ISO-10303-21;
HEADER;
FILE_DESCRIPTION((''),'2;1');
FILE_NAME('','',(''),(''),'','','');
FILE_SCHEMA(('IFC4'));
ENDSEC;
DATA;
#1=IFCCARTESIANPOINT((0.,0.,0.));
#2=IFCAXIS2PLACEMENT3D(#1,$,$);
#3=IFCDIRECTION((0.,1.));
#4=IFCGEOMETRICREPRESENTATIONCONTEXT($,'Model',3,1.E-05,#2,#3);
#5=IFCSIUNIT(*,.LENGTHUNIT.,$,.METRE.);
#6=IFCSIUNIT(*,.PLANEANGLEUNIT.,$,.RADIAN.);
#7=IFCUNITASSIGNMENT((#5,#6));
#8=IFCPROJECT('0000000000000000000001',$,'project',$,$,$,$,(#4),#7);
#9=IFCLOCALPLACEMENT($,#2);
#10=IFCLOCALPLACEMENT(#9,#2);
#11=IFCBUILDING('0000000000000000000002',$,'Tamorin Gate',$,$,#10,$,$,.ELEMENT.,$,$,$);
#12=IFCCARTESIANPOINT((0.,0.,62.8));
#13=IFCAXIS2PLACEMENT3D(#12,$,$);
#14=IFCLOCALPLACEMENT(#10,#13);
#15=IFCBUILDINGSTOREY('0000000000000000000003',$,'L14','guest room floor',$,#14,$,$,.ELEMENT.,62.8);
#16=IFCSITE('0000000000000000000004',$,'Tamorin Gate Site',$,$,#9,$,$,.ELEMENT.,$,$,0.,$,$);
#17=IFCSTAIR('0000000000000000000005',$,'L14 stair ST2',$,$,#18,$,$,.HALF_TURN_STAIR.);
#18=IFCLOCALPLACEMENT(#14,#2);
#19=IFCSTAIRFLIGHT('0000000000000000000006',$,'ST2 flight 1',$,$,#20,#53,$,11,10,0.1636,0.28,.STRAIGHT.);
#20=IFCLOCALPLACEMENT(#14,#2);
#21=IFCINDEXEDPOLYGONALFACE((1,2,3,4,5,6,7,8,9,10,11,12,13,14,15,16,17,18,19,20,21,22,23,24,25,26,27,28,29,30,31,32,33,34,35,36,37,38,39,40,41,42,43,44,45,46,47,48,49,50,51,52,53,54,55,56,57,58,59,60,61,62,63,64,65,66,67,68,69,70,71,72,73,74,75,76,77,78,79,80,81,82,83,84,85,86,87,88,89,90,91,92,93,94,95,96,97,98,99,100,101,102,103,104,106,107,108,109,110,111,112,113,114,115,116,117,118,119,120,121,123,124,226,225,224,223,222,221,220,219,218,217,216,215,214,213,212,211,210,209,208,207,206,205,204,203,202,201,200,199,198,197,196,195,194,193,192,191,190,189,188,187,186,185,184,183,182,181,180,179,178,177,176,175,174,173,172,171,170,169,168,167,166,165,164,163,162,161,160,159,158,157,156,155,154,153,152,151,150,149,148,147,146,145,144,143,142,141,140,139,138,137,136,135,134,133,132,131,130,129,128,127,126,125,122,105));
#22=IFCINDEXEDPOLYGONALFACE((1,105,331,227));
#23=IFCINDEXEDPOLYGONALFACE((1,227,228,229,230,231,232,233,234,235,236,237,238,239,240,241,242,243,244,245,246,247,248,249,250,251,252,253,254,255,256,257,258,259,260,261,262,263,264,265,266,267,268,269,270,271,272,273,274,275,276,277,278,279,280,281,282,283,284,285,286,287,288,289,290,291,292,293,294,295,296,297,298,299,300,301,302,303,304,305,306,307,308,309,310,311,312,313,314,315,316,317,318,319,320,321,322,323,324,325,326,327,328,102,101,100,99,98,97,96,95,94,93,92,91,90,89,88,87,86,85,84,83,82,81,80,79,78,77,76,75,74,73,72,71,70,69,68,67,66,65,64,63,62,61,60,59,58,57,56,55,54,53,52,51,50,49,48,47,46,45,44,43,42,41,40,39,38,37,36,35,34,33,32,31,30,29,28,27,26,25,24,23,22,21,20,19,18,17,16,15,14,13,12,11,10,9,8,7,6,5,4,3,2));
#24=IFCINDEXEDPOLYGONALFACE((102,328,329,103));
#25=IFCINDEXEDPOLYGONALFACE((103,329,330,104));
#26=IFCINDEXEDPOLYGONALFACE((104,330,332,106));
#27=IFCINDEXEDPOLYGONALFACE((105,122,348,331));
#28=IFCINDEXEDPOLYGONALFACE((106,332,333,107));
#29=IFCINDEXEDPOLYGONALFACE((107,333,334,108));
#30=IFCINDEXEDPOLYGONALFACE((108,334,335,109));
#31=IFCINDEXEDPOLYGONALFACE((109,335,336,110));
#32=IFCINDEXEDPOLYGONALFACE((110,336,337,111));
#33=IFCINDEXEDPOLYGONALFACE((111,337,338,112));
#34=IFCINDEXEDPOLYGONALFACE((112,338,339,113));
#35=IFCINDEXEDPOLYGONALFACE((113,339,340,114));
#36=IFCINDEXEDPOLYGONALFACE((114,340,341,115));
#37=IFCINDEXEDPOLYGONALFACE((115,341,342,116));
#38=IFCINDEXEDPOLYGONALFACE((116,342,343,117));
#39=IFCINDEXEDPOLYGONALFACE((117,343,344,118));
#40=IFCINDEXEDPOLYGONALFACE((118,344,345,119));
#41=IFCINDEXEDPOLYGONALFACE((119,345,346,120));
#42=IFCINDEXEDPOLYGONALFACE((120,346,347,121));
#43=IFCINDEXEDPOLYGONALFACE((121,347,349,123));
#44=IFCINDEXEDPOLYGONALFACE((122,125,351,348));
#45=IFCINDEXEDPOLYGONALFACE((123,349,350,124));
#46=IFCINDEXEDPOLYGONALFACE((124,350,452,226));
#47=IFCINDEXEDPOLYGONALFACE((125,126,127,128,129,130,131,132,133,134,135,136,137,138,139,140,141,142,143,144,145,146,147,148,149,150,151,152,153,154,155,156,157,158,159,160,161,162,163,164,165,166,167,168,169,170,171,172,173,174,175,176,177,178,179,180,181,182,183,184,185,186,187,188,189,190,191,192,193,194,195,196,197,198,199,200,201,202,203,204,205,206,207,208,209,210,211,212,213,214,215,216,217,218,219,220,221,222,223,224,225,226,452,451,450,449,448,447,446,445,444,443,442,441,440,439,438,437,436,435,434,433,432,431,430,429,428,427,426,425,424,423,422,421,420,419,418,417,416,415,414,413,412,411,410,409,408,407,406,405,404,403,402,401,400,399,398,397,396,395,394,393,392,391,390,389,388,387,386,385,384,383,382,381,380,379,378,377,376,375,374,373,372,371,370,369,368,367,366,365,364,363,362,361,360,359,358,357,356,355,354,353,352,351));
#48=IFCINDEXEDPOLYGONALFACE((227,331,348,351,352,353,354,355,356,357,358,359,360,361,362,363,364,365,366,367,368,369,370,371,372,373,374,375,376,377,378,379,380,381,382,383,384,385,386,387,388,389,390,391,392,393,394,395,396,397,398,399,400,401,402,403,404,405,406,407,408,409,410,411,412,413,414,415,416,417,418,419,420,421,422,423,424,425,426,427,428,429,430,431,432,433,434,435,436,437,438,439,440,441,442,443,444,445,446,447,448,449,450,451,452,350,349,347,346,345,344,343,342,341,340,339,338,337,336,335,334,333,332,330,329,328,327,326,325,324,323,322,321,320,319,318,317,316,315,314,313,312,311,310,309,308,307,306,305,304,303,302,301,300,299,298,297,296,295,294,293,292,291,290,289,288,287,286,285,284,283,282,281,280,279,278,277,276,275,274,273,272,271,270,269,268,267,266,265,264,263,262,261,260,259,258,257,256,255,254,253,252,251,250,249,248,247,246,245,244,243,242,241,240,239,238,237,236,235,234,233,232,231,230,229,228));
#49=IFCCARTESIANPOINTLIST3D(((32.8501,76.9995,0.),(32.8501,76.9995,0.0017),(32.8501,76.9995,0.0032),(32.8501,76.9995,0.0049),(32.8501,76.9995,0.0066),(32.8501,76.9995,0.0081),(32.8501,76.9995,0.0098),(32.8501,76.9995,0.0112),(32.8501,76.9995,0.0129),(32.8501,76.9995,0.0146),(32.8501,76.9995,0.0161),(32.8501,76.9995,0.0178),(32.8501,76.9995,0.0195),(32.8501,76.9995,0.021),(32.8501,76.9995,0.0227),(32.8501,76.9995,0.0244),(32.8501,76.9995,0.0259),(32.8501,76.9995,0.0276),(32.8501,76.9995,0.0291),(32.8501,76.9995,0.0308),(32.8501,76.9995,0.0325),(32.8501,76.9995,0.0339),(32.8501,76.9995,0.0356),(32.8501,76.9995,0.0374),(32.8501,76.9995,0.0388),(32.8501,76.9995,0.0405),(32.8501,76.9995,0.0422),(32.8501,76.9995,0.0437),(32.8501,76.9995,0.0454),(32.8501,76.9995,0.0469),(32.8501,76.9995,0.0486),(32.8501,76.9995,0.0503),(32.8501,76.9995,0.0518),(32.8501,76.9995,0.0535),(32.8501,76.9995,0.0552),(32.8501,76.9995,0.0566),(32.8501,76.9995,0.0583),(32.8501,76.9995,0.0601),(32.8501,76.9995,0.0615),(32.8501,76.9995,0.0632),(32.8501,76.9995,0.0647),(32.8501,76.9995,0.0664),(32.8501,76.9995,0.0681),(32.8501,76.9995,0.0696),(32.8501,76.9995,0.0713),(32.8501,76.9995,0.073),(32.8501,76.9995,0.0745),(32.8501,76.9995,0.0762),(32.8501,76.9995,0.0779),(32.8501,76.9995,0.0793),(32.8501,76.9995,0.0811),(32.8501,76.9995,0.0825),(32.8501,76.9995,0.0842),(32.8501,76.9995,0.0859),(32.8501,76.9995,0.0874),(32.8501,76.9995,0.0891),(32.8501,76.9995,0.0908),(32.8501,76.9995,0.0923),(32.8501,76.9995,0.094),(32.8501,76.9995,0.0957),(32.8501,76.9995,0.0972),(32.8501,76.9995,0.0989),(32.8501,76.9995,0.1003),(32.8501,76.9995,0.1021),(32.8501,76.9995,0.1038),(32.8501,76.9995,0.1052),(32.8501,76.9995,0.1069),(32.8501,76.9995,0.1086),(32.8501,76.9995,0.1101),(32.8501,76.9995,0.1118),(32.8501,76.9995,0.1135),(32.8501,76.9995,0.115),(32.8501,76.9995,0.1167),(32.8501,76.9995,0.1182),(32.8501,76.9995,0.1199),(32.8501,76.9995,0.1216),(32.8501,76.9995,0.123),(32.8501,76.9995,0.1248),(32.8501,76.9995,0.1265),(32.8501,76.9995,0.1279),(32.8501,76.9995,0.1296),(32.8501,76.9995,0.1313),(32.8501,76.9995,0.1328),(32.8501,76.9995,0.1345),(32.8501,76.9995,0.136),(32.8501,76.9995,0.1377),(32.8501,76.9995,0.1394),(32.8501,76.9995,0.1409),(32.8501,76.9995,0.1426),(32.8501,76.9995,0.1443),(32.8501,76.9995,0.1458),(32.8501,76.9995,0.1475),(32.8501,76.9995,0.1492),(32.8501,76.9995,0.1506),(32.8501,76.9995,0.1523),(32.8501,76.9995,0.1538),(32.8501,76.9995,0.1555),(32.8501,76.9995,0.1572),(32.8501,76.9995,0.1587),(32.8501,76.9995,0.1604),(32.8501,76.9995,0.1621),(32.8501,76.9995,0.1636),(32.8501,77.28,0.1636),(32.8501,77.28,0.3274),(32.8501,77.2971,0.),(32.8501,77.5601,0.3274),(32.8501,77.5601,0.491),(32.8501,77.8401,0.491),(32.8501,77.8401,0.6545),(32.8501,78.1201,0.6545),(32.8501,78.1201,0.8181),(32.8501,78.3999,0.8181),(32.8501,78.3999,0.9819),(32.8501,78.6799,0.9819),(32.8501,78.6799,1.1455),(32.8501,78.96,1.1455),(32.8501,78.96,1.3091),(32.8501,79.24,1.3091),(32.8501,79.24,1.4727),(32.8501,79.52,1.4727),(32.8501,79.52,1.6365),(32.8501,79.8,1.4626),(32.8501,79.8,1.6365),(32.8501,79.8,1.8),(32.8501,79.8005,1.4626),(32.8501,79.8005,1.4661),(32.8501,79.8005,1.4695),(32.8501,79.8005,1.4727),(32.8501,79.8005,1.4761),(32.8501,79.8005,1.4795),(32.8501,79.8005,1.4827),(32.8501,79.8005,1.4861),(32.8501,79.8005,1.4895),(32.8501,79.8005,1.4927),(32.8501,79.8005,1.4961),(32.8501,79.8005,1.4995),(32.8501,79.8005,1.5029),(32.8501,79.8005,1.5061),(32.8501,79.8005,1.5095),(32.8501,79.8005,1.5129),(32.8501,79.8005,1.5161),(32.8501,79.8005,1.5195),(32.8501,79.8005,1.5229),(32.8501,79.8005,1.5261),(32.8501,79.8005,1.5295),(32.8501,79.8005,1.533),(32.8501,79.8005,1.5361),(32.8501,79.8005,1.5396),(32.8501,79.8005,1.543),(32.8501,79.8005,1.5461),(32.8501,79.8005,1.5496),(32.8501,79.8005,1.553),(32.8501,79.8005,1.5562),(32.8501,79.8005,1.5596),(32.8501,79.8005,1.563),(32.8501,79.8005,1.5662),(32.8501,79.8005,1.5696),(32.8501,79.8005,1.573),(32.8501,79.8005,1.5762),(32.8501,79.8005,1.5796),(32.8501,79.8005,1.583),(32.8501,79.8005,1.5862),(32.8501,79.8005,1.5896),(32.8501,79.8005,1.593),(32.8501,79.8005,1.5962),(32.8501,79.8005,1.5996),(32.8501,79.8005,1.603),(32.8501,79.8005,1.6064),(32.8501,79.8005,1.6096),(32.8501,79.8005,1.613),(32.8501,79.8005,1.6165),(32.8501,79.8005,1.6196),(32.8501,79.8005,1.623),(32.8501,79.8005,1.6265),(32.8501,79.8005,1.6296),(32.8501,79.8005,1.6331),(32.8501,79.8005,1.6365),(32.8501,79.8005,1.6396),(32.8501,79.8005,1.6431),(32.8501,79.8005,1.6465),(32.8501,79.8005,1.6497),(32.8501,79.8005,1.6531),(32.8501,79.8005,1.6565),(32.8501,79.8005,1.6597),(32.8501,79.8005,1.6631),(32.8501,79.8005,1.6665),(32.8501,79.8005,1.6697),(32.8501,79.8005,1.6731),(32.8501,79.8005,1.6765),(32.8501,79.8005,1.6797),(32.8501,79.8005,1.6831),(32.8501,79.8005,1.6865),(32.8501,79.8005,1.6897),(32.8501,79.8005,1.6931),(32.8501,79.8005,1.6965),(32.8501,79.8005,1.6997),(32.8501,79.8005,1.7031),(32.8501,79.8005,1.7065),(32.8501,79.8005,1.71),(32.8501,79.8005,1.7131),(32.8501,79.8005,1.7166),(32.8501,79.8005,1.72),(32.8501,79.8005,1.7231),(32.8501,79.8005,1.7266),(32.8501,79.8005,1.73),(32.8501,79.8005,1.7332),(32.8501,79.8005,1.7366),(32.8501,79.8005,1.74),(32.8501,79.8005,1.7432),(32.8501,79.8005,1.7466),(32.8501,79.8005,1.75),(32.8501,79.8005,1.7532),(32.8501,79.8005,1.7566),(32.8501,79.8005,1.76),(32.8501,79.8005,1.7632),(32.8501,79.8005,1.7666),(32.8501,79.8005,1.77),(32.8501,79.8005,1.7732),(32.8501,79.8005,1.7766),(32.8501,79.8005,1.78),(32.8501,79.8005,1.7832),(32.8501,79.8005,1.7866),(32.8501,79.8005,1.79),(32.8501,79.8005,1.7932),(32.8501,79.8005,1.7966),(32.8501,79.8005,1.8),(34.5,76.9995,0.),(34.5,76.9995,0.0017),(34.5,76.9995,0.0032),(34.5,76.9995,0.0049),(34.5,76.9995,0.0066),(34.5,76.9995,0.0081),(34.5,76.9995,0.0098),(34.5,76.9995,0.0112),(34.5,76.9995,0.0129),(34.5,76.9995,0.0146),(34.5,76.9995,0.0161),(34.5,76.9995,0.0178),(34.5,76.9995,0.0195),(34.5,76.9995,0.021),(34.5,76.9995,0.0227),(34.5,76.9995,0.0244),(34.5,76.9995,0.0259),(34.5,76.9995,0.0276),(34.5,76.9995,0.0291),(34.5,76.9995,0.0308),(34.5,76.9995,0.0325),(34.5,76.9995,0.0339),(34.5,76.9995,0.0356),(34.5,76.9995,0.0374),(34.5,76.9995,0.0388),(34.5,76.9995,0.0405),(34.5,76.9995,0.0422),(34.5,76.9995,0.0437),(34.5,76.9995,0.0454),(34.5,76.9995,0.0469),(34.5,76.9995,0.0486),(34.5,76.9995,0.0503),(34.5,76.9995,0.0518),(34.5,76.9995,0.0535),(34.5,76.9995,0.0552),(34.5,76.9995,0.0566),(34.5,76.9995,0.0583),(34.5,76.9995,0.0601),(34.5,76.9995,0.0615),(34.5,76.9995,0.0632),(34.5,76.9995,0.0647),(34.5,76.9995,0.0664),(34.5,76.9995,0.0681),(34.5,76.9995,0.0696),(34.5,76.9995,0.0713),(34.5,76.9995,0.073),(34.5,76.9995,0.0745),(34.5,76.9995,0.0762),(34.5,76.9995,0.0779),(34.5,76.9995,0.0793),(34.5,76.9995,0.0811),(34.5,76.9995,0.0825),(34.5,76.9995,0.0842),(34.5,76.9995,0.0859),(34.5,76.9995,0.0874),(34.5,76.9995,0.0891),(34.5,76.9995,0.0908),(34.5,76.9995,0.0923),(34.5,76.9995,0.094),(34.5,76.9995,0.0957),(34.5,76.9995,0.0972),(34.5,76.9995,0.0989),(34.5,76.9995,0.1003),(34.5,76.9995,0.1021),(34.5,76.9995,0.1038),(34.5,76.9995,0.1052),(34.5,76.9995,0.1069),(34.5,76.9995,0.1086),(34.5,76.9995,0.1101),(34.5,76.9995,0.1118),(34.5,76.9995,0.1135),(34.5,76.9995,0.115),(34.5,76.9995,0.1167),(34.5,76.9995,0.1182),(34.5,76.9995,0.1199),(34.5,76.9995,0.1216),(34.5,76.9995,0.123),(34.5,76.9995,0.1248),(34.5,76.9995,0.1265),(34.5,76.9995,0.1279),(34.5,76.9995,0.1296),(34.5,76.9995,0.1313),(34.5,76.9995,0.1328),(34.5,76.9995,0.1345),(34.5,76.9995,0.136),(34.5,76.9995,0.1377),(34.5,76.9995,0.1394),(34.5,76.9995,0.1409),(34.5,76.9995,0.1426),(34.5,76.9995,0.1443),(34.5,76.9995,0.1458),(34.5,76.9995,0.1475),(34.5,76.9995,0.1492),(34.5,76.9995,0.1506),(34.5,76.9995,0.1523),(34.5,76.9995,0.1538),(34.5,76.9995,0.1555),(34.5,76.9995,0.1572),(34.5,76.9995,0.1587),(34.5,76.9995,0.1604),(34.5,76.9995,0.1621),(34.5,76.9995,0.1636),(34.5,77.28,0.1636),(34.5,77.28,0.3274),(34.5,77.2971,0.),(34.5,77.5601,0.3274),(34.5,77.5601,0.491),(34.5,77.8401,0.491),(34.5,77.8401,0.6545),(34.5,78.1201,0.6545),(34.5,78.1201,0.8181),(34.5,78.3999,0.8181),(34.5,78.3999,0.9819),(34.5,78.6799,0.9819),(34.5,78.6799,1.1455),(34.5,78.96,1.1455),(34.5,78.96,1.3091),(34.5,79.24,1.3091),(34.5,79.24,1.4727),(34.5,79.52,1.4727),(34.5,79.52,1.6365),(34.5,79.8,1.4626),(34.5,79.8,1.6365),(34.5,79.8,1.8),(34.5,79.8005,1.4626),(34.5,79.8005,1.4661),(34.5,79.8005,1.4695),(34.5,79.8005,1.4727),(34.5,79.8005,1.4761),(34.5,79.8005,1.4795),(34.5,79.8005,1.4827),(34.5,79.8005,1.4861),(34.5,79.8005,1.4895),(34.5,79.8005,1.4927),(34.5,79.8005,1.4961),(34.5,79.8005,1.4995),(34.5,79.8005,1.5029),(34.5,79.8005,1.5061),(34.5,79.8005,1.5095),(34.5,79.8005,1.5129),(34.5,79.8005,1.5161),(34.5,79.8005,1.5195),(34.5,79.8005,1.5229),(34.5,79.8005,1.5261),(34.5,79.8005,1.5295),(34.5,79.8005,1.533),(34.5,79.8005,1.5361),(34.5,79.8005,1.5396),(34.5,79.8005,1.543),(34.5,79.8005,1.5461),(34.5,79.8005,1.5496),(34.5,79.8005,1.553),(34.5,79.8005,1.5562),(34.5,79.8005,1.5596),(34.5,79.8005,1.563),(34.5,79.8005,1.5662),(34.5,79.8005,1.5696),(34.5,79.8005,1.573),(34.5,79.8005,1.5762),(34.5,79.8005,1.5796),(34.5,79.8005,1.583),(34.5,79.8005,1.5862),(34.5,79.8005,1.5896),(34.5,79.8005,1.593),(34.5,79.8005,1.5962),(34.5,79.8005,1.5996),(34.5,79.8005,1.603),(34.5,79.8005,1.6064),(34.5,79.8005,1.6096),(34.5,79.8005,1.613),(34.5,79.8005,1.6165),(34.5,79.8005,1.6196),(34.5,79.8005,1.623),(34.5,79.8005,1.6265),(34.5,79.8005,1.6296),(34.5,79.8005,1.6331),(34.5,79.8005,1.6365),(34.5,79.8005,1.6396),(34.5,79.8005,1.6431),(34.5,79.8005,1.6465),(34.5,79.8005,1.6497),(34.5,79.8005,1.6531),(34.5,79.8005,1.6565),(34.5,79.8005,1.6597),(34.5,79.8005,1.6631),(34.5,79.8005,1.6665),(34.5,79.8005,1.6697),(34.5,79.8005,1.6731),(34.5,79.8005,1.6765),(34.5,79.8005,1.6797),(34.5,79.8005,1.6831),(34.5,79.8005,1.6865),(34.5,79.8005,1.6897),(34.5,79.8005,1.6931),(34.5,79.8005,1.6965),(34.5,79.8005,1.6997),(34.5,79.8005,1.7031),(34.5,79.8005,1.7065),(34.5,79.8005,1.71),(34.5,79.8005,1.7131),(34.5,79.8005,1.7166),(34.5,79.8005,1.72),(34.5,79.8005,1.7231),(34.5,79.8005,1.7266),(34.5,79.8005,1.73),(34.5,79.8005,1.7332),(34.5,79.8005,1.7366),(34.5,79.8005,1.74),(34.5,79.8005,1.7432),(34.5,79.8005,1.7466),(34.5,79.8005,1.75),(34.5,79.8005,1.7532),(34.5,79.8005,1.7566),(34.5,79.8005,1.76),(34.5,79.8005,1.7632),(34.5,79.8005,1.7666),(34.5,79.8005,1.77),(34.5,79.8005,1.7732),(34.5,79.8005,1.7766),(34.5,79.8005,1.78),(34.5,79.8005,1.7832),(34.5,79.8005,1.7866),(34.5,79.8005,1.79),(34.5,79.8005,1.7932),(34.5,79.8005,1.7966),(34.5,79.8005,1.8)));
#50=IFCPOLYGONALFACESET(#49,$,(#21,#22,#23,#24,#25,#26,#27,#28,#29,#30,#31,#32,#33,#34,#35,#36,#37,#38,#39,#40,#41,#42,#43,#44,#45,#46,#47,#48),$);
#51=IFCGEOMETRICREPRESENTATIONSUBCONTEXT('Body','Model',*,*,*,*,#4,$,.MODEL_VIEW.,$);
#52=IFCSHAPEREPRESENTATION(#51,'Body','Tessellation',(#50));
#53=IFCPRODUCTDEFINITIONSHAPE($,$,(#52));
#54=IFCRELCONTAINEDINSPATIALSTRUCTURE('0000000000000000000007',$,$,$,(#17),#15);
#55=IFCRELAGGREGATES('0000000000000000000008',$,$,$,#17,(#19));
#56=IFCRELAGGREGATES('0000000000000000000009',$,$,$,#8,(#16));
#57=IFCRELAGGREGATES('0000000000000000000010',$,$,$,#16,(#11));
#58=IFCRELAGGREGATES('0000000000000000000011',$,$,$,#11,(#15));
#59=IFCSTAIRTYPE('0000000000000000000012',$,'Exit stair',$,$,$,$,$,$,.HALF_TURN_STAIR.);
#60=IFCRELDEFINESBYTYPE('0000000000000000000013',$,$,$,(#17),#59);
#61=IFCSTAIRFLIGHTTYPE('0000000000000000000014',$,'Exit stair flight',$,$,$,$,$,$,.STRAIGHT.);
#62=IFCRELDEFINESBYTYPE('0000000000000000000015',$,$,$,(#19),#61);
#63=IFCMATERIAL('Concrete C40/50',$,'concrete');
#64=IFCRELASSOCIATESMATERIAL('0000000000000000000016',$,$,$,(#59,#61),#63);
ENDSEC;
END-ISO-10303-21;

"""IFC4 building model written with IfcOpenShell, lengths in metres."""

from ifc_helpers import new_model, si_unit, direction, frame, origin, place, context, subcontext, project, spatial, polyline, outline, extrude, material, type_object, element, aggregate, save


model = new_model("IFC4")

# Units and contexts
model_context = context("Model", 3, precision=1e-05, world=origin(), true_north=direction((0.0, 1.0)))
body_context = subcontext(model_context, "Body", "Model", "MODEL_VIEW")
ifc_project = project(units=[si_unit("LENGTHUNIT", "METRE"), si_unit("PLANEANGLEUNIT", "RADIAN")], contexts=[model_context])

# Site, building, storey
site_placement = place(None, origin())
site = spatial("IfcSite", under=ifc_project, at=site_placement, Name="Tamorin Gate Site", CompositionType="ELEMENT", RefElevation=0.0)
building_placement = place(site_placement, origin())
building = spatial("IfcBuilding", under=site, at=building_placement, Name="Tamorin Gate", CompositionType="ELEMENT")
storey_placement = place(building_placement, frame((0.0, 0.0, 62.8)))
storey = spatial("IfcBuildingStorey", under=building, at=storey_placement, Name="L14", Description="guest room floor", CompositionType="ELEMENT", Elevation=62.8)

# Shared definitions
ifc_material_1 = material(Name="Concrete C40/50", Category="concrete")

# Stair, stair flight
stair_type = type_object("IfcStairType", Name="Exit stair", PredefinedType="HALF_TURN_STAIR", material=ifc_material_1)
stair_placement = place(storey_placement, origin())
stair = element("IfcStair", 1, at=stair_placement, inside=storey, type_object=stair_type, Name="L14 stair ST2", PredefinedType="HALF_TURN_STAIR")
stair_flight_type = type_object("IfcStairFlightType", Name="Exit stair flight", PredefinedType="STRAIGHT", material=ifc_material_1)
stair_flight_1_placement = place(storey_placement, frame((33.675, 77.0, 0.0), z_axis=(0.0, 0.0, 1.0), x_axis=(0.0, 1.0, 0.0)))
stair_flight_1 = element("IfcStairFlight", 2, at=stair_flight_1_placement, type_object=stair_flight_type, Name="ST2 flight 1", NumberOfRisers=11, NumberOfTreads=10, PredefinedType="STRAIGHT", RiserHeight=0.1636, TreadLength=0.28, context=body_context, shape_type="SweptSolid", body=[
    extrude(outline(polyline([(-0.0005, 0.0), (-0.0005, 0.0017), (-0.0005, 0.0032), (-0.0005, 0.0049), (-0.0005, 0.0066), (-0.0005, 0.0081), (-0.0005, 0.0098), (-0.0005, 0.0112), (-0.0005, 0.0129), (-0.0005, 0.0146), (-0.0005, 0.0161), (-0.0005, 0.0178), (-0.0005, 0.0195), (-0.0005, 0.021), (-0.0005, 0.0227), (-0.0005, 0.0244), (-0.0005, 0.0259), (-0.0005, 0.0276), (-0.0005, 0.0291), (-0.0005, 0.0308), (-0.0005, 0.0325), (-0.0005, 0.0339), (-0.0005, 0.0356), (-0.0005, 0.0374), (-0.0005, 0.0388), (-0.0005, 0.0405), (-0.0005, 0.0422), (-0.0005, 0.0437), (-0.0005, 0.0454), (-0.0005, 0.0469), (-0.0005, 0.0486), (-0.0005, 0.0503), (-0.0005, 0.0518), (-0.0005, 0.0535), (-0.0005, 0.0552), (-0.0005, 0.0566), (-0.0005, 0.0583), (-0.0005, 0.0601), (-0.0005, 0.0615), (-0.0005, 0.0632), (-0.0005, 0.0647), (-0.0005, 0.0664), (-0.0005, 0.0681), (-0.0005, 0.0696), (-0.0005, 0.0713), (-0.0005, 0.073), (-0.0005, 0.0745), (-0.0005, 0.0762), (-0.0005, 0.0779), (-0.0005, 0.0793), (-0.0005, 0.0811), (-0.0005, 0.0825), (-0.0005, 0.0842), (-0.0005, 0.0859), (-0.0005, 0.0874), (-0.0005, 0.0891), (-0.0005, 0.0908), (-0.0005, 0.0923), (-0.0005, 0.094), (-0.0005, 0.0957), (-0.0005, 0.0972), (-0.0005, 0.0989), (-0.0005, 0.1003), (-0.0005, 0.1021), (-0.0005, 0.1038), (-0.0005, 0.1052), (-0.0005, 0.1069), (-0.0005, 0.1086), (-0.0005, 0.1101), (-0.0005, 0.1118), (-0.0005, 0.1135), (-0.0005, 0.115), (-0.0005, 0.1167), (-0.0005, 0.1182), (-0.0005, 0.1199), (-0.0005, 0.1216), (-0.0005, 0.123), (-0.0005, 0.1248), (-0.0005, 0.1265), (-0.0005, 0.1279), (-0.0005, 0.1296), (-0.0005, 0.1313), (-0.0005, 0.1328), (-0.0005, 0.1345), (-0.0005, 0.136), (-0.0005, 0.1377), (-0.0005, 0.1394), (-0.0005, 0.1409), (-0.0005, 0.1426), (-0.0005, 0.1443), (-0.0005, 0.1458), (-0.0005, 0.1475), (-0.0005, 0.1492), (-0.0005, 0.1506), (-0.0005, 0.1523), (-0.0005, 0.1538), (-0.0005, 0.1555), (-0.0005, 0.1572), (-0.0005, 0.1587), (-0.0005, 0.1604), (-0.0005, 0.1621), (-0.0005, 0.1636), (0.28, 0.1636), (0.28, 0.3274), (0.5601, 0.3274), (0.5601, 0.491), (0.8401, 0.491), (0.8401, 0.6545), (1.1201, 0.6545), (1.1201, 0.8181), (1.3999, 0.8181), (1.3999, 0.9819), (1.6799, 0.9819), (1.6799, 1.1455), (1.96, 1.1455), (1.96, 1.3091), (2.24, 1.3091), (2.24, 1.4727), (2.52, 1.4727), (2.52, 1.6365), (2.8, 1.6365), (2.8, 1.8), (2.8005, 1.8), (2.8005, 1.7966), (2.8005, 1.7932), (2.8005, 1.79), (2.8005, 1.7866), (2.8005, 1.7832), (2.8005, 1.78), (2.8005, 1.7766), (2.8005, 1.7732), (2.8005, 1.77), (2.8005, 1.7666), (2.8005, 1.7632), (2.8005, 1.76), (2.8005, 1.7566), (2.8005, 1.7532), (2.8005, 1.75), (2.8005, 1.7466), (2.8005, 1.7432), (2.8005, 1.74), (2.8005, 1.7366), (2.8005, 1.7332), (2.8005, 1.73), (2.8005, 1.7266), (2.8005, 1.7231), (2.8005, 1.72), (2.8005, 1.7166), (2.8005, 1.7131), (2.8005, 1.71), (2.8005, 1.7065), (2.8005, 1.7031), (2.8005, 1.6997), (2.8005, 1.6965), (2.8005, 1.6931), (2.8005, 1.6897), (2.8005, 1.6865), (2.8005, 1.6831), (2.8005, 1.6797), (2.8005, 1.6765), (2.8005, 1.6731), (2.8005, 1.6697), (2.8005, 1.6665), (2.8005, 1.6631), (2.8005, 1.6597), (2.8005, 1.6565), (2.8005, 1.6531), (2.8005, 1.6497), (2.8005, 1.6465), (2.8005, 1.6431), (2.8005, 1.6396), (2.8005, 1.6365), (2.8005, 1.6331), (2.8005, 1.6296), (2.8005, 1.6265), (2.8005, 1.623), (2.8005, 1.6196), (2.8005, 1.6165), (2.8005, 1.613), (2.8005, 1.6096), (2.8005, 1.6064), (2.8005, 1.603), (2.8005, 1.5996), (2.8005, 1.5962), (2.8005, 1.593), (2.8005, 1.5896), (2.8005, 1.5862), (2.8005, 1.583), (2.8005, 1.5796), (2.8005, 1.5762), (2.8005, 1.573), (2.8005, 1.5696), (2.8005, 1.5662), (2.8005, 1.563), (2.8005, 1.5596), (2.8005, 1.5562), (2.8005, 1.553), (2.8005, 1.5496), (2.8005, 1.5461), (2.8005, 1.543), (2.8005, 1.5396), (2.8005, 1.5361), (2.8005, 1.533), (2.8005, 1.5295), (2.8005, 1.5261), (2.8005, 1.5229), (2.8005, 1.5195), (2.8005, 1.5161), (2.8005, 1.5129), (2.8005, 1.5095), (2.8005, 1.5061), (2.8005, 1.5029), (2.8005, 1.4995), (2.8005, 1.4961), (2.8005, 1.4927), (2.8005, 1.4895), (2.8005, 1.4861), (2.8005, 1.4827), (2.8005, 1.4795), (2.8005, 1.4761), (2.8005, 1.4727), (2.8005, 1.4695), (2.8005, 1.4661), (2.8005, 1.4626), (2.8, 1.4626), (0.2971, 0.0), (-0.0005, 0.0)])), frame((0.0, 0.825, 0.0), z_axis=(0.0, -1.0, 0.0), x_axis=(1.0, 0.0, 0.0)), (0.0, 0.0, 1.0), 1.6499),
])
aggregate(stair, [stair_flight_1])

save(model, "model.ifc")
